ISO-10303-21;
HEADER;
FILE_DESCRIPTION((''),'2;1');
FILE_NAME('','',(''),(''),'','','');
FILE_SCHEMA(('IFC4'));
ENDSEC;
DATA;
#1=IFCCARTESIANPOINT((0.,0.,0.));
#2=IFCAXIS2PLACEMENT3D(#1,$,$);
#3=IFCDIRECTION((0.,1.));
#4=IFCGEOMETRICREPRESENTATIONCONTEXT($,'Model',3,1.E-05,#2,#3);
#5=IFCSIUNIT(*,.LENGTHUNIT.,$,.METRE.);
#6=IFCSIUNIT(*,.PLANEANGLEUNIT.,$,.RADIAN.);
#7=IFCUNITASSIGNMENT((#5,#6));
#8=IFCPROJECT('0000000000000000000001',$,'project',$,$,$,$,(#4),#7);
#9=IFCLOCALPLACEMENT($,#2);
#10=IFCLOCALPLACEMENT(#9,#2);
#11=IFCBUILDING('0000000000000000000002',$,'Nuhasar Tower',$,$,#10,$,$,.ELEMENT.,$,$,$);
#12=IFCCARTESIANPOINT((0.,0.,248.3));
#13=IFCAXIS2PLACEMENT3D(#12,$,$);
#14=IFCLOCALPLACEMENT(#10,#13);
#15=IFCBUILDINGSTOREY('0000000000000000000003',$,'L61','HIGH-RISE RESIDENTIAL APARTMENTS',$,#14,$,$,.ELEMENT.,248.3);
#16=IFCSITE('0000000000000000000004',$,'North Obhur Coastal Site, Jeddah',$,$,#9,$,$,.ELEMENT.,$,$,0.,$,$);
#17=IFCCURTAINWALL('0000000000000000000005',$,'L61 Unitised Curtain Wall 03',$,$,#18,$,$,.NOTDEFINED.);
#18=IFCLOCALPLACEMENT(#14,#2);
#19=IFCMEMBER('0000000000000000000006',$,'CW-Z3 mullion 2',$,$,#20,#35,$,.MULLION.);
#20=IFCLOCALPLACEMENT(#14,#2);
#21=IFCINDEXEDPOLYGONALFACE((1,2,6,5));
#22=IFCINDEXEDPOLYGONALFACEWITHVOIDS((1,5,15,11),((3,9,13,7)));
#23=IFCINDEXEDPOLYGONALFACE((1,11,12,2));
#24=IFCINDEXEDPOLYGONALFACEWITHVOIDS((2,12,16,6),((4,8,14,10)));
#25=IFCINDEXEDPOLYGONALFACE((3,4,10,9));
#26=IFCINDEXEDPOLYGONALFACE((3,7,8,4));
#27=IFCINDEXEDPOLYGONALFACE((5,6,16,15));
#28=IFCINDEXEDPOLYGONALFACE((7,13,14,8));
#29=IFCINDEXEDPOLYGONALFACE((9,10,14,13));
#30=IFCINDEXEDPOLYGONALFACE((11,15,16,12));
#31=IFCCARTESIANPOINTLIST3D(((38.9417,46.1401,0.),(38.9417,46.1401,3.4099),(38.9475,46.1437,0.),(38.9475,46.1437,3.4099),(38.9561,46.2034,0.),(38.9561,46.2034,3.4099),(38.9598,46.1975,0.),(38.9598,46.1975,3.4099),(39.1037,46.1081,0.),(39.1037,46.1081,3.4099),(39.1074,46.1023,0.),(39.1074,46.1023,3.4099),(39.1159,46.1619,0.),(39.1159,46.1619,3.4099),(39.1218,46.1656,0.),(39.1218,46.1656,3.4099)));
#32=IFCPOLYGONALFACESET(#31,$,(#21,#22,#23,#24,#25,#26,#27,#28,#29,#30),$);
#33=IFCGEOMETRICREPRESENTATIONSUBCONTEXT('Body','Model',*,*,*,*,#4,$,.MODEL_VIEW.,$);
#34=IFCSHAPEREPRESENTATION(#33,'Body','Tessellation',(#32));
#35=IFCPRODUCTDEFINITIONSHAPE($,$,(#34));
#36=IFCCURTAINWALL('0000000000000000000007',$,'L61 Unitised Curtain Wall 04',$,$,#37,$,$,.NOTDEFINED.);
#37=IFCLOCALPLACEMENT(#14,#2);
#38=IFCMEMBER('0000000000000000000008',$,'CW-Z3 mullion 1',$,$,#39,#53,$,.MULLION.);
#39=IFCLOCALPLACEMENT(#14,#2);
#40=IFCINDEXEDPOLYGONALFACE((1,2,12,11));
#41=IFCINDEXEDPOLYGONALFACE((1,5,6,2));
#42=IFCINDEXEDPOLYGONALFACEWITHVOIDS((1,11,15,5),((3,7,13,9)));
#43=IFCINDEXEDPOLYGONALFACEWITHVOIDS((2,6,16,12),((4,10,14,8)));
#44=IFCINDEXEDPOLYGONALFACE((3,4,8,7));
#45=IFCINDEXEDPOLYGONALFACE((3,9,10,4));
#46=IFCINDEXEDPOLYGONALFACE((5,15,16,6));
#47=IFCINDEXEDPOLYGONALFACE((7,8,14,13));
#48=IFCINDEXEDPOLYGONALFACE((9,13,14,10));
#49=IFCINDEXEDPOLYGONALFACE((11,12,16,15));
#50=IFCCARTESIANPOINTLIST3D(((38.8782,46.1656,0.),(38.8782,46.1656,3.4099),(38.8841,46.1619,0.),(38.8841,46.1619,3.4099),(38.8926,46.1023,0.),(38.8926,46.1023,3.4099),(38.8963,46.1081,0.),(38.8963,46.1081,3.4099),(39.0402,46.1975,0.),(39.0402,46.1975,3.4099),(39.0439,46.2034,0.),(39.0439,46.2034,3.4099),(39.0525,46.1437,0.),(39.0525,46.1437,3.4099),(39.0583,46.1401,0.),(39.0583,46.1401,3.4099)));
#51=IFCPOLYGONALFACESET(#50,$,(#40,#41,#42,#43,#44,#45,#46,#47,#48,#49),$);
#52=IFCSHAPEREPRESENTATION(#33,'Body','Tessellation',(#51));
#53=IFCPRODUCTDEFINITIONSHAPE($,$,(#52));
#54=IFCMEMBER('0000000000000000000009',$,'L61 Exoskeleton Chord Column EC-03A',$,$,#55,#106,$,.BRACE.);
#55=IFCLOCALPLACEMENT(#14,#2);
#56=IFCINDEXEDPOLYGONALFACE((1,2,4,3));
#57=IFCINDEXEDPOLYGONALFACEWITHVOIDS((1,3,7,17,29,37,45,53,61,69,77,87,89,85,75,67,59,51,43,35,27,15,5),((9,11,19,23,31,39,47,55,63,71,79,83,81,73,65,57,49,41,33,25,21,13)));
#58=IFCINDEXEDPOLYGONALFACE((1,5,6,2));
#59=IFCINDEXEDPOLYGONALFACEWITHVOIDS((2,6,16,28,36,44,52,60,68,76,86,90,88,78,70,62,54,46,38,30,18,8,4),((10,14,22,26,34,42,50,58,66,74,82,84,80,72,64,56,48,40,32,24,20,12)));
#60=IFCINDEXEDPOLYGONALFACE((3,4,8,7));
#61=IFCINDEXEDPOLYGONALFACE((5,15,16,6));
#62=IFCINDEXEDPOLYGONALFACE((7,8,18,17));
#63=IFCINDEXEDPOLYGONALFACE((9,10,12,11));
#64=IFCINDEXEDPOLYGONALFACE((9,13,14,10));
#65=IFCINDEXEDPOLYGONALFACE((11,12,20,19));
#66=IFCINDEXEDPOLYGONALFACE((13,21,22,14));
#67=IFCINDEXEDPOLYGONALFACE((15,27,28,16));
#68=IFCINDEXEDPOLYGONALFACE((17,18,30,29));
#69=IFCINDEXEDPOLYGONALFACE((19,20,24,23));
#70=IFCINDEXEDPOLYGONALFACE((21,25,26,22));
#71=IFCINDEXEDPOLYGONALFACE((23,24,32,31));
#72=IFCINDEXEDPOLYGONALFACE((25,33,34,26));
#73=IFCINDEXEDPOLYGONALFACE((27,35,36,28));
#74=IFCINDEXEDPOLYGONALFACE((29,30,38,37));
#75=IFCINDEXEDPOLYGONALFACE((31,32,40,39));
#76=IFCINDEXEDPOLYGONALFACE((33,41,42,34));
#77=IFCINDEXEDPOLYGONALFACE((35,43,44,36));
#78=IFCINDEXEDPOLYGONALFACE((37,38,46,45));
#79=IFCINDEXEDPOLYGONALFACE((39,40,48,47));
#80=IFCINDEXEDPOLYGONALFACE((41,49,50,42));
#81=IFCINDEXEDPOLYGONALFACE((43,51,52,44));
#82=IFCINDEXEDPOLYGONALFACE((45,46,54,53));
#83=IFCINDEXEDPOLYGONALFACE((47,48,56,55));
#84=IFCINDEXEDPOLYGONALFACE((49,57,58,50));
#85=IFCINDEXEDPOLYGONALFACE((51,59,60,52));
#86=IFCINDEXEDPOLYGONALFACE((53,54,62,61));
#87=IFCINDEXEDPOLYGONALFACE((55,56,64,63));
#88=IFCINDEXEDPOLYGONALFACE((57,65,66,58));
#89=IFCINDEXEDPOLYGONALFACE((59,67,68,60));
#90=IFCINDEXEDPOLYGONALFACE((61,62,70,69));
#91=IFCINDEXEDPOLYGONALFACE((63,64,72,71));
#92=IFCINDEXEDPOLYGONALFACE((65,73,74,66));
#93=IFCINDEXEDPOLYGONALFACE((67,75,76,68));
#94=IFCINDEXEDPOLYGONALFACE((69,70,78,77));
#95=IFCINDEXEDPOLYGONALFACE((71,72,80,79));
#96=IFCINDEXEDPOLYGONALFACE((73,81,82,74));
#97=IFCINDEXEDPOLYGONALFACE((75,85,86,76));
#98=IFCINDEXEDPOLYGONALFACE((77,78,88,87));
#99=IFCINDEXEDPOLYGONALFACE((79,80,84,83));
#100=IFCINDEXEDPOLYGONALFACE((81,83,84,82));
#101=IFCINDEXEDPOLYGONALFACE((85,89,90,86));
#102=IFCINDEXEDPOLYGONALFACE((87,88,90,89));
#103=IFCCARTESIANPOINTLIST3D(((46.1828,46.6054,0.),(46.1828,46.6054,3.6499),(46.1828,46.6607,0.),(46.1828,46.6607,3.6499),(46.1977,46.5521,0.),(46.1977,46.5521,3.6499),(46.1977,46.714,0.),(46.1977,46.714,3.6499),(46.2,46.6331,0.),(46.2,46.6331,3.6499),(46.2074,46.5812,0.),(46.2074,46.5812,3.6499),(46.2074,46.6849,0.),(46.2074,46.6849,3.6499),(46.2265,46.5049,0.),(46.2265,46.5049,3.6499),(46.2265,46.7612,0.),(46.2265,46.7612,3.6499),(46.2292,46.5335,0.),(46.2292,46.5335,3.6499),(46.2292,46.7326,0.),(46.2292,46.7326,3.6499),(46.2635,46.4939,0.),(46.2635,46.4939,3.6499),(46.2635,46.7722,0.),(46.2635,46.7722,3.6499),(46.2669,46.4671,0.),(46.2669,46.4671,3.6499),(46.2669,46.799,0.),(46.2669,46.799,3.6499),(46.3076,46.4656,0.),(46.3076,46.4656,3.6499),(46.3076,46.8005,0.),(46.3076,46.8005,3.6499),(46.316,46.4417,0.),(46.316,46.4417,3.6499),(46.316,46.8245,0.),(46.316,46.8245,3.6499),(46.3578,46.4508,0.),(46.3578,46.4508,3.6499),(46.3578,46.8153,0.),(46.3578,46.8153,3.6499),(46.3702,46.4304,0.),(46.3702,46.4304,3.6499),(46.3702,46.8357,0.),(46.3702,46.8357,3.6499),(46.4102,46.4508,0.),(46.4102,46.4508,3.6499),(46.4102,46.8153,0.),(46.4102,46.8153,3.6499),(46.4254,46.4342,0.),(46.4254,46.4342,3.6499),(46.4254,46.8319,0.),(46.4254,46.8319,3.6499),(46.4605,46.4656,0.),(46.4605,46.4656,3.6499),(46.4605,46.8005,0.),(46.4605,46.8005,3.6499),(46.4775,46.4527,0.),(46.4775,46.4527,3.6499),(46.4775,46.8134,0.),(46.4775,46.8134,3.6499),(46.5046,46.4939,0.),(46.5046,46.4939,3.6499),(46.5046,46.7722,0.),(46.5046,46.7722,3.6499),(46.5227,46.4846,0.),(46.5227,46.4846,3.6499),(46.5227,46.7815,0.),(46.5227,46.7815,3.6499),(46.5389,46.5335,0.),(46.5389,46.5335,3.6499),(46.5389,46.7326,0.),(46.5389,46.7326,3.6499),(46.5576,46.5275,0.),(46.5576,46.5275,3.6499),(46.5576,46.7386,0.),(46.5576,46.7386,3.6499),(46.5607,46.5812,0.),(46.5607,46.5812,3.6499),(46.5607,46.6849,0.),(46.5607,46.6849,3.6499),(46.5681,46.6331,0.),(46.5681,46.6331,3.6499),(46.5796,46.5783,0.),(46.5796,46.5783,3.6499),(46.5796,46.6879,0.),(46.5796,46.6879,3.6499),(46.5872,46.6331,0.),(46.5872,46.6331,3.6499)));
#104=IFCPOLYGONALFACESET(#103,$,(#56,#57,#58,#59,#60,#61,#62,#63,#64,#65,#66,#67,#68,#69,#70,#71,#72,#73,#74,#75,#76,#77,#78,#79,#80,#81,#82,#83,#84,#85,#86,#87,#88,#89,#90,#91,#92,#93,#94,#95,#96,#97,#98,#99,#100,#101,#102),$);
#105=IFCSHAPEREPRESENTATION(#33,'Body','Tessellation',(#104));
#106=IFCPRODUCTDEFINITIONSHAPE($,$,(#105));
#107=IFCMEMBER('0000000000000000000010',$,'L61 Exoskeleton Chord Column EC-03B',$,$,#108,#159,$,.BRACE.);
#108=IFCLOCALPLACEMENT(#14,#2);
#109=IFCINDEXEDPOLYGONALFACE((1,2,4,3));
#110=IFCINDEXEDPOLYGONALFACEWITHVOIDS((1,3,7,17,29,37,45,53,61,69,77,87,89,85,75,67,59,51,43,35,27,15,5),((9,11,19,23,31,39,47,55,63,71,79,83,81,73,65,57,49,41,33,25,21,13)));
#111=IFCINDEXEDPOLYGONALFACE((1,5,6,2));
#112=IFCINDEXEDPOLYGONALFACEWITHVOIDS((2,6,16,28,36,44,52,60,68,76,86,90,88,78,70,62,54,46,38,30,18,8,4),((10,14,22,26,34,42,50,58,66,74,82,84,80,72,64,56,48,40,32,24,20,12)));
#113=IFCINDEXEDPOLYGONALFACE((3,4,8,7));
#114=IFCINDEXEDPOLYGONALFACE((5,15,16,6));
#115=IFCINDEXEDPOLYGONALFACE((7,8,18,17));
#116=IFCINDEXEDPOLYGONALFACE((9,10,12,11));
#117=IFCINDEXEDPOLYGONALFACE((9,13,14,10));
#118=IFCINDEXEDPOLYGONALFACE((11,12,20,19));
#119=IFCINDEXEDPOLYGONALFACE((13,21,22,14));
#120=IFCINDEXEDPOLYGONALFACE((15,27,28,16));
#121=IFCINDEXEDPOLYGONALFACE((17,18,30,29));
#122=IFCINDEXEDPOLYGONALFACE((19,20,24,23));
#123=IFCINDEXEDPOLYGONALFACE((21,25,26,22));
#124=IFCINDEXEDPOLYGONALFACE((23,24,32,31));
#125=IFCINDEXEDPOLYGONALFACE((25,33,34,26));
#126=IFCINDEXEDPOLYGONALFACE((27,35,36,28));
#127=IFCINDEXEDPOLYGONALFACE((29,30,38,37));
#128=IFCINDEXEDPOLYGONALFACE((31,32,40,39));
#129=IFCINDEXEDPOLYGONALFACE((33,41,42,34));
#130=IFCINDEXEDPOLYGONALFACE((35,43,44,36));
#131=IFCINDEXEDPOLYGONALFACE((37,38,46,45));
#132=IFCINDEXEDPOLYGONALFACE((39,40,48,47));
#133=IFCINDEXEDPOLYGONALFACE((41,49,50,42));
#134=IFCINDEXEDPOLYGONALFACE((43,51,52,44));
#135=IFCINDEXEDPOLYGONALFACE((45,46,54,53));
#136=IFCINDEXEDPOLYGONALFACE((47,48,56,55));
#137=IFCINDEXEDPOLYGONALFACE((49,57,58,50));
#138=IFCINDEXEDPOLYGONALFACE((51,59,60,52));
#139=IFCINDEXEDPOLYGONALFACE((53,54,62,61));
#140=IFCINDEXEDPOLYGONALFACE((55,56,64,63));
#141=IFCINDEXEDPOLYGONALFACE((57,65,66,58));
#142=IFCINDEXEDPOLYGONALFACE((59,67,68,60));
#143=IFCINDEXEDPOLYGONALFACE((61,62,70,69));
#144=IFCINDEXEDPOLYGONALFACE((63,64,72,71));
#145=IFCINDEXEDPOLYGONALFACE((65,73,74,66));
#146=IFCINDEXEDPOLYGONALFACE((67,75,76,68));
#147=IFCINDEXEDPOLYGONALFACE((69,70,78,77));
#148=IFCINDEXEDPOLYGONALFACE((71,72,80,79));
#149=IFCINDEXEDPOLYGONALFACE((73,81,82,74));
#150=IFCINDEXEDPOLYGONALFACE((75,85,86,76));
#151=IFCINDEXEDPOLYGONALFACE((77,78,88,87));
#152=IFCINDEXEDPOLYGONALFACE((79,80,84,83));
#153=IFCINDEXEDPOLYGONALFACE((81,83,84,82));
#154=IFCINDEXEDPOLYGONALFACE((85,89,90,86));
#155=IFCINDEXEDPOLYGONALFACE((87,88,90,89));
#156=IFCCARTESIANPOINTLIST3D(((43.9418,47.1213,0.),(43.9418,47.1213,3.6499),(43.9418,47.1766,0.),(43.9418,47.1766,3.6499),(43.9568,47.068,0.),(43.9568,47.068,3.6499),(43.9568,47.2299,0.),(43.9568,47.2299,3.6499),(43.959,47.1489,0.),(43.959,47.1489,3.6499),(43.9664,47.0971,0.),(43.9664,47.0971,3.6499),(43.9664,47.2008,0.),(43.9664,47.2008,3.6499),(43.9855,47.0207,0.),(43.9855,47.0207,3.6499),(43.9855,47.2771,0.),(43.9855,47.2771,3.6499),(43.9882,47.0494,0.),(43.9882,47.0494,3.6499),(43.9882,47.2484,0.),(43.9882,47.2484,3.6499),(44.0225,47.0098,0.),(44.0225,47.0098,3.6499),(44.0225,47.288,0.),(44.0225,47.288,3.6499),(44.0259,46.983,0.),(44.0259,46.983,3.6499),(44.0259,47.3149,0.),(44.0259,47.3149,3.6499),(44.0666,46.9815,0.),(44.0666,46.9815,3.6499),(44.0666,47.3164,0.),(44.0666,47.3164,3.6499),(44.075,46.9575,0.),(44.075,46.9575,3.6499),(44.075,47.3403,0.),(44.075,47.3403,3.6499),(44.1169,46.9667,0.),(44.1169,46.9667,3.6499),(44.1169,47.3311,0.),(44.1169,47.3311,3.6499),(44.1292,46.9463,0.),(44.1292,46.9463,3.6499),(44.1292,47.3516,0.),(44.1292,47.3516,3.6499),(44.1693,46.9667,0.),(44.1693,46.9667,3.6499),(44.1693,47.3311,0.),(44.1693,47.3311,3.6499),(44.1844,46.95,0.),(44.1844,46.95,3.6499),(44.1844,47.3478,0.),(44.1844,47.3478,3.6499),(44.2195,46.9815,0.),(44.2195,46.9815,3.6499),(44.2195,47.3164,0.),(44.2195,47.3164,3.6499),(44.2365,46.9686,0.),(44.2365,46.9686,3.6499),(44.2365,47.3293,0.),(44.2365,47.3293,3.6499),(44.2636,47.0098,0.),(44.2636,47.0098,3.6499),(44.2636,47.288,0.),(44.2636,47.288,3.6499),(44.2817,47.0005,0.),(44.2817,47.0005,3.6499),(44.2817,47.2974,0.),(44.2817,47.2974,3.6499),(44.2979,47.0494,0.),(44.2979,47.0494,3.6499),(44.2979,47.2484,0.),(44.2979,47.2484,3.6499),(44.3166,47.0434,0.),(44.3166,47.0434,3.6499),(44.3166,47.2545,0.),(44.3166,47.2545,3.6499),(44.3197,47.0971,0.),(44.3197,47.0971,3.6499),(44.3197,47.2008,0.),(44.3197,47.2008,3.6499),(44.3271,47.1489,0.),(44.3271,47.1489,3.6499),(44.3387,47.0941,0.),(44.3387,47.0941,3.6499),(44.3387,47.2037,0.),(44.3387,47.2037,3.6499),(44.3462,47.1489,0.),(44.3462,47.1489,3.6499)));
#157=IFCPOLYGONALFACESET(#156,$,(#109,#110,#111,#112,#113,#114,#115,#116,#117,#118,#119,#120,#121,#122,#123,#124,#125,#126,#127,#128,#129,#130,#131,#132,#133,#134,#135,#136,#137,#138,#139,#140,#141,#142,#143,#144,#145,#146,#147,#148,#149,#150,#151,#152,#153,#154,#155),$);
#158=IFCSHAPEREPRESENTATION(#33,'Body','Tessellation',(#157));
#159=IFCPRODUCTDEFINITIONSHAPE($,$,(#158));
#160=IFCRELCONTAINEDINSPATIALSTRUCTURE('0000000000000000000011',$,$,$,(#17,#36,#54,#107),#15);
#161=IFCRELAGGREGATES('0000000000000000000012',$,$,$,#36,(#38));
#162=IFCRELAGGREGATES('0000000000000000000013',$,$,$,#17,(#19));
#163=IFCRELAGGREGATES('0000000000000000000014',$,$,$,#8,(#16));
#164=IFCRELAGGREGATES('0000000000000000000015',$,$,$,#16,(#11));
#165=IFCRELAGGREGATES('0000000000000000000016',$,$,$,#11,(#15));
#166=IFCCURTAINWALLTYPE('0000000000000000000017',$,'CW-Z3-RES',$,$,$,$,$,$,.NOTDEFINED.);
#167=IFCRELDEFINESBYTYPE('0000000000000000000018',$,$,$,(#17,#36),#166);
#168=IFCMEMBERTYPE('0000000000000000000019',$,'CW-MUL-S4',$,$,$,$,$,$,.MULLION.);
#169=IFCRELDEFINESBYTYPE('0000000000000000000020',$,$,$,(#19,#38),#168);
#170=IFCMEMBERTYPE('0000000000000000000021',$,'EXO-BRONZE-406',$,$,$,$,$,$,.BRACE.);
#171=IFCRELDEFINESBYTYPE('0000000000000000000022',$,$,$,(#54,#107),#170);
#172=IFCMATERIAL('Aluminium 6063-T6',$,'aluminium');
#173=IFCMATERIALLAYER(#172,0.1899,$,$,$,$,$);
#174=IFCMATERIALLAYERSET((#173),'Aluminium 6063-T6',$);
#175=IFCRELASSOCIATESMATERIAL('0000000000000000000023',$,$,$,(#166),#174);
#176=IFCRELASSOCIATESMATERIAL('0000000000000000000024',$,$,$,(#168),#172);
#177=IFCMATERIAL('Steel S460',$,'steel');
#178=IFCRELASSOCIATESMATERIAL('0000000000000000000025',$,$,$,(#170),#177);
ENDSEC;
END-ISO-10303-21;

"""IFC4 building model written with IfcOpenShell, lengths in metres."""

from ifc_helpers import new_model, si_unit, direction, frame, origin, origin_2d, place, context, subcontext, project, spatial, hollow_rectangle, hollow_circle, extrude, material, layer, layer_set, material_profile, profile_set, type_object, element, aggregate, save


model = new_model("IFC4")

# Units and contexts
model_context = context("Model", 3, precision=1e-05, world=origin(), true_north=direction((0.0, 1.0)))
body_context = subcontext(model_context, "Body", "Model", "MODEL_VIEW")
ifc_project = project(units=[si_unit("LENGTHUNIT", "METRE"), si_unit("PLANEANGLEUNIT", "RADIAN")], contexts=[model_context])

# Site, building, storey
site_placement = place(None, origin())
site = spatial("IfcSite", under=ifc_project, at=site_placement, Name="North Obhur Coastal Site, Jeddah", CompositionType="ELEMENT", RefElevation=0.0)
building_placement = place(site_placement, origin())
building = spatial("IfcBuilding", under=site, at=building_placement, Name="Nuhasar Tower", CompositionType="ELEMENT")
storey_placement = place(building_placement, frame((0.0, 0.0, 248.3)))
storey = spatial("IfcBuildingStorey", under=building, at=storey_placement, Name="L61", Description="HIGH-RISE RESIDENTIAL APARTMENTS", CompositionType="ELEMENT", Elevation=248.3)

# Curtain walls, members
ifc_material_1 = material(Name="Aluminium 6063-T6", Category="aluminium")
ifc_layer_1 = layer(ifc_material_1, 0.1899)
ifc_layer_set_1 = layer_set([ifc_layer_1], Name="Aluminium 6063-T6")
curtain_wall_type = type_object("IfcCurtainWallType", Name="CW-Z3-RES", PredefinedType="NOTDEFINED", material=ifc_layer_set_1)
curtain_wall_1_placement = place(storey_placement, origin())
curtain_wall_1 = element("IfcCurtainWall", 1, at=curtain_wall_1_placement, inside=storey, type_object=curtain_wall_type, Name="L61 Unitised Curtain Wall 03", PredefinedType="NOTDEFINED")
ifc_material_profile_1 = material_profile(ifc_material_1, hollow_rectangle(XDim=0.0649, YDim=0.1699, WallThickness=0.0049, at=origin_2d()), Name="CWM-4")
ifc_profile_set_1 = profile_set([ifc_material_profile_1], Name="Aluminium 6063-T6")
member_type_1 = type_object("IfcMemberType", Name="CW-MUL-S4", PredefinedType="MULLION", material=ifc_profile_set_1)
member_1_placement = place(storey_placement, frame((39.0317, 46.1528, 0.0), z_axis=(0.0, 0.0, 1.0), x_axis=(-0.222243, -0.974991, 0.0)))
member_1 = element("IfcMember", 2, at=member_1_placement, type_object=member_type_1, Name="CW-Z3 mullion 2", PredefinedType="MULLION", context=body_context, shape_type="SweptSolid", body=[
    extrude(hollow_rectangle(XDim=0.0649, YDim=0.1699, WallThickness=0.0049, at=origin_2d()), origin(), (0.0, 0.0, 1.0), 3.4099),
])
curtain_wall_2_placement = place(storey_placement, origin())
curtain_wall_2 = element("IfcCurtainWall", 3, at=curtain_wall_2_placement, inside=storey, type_object=curtain_wall_type, Name="L61 Unitised Curtain Wall 04", PredefinedType="NOTDEFINED")
member_2_placement = place(storey_placement, frame((38.9683, 46.1528, 0.0), z_axis=(0.0, 0.0, 1.0), x_axis=(0.222243, -0.974991, 0.0)))
member_2 = element("IfcMember", 4, at=member_2_placement, type_object=member_type_1, Name="CW-Z3 mullion 1", PredefinedType="MULLION", context=body_context, shape_type="SweptSolid", body=[
    extrude(hollow_rectangle(XDim=0.0649, YDim=0.1699, WallThickness=0.0049, at=origin_2d()), origin(), (0.0, 0.0, 1.0), 3.4099),
])
aggregate(curtain_wall_2, [member_2])

# Members
ifc_material_2 = material(Name="Steel S460", Category="steel")
ifc_material_profile_2 = material_profile(ifc_material_2, hollow_circle(Radius=0.2031, WallThickness=0.019, at=origin_2d()), Name="HSS406.4X19.1")
ifc_profile_set_2 = profile_set([ifc_material_profile_2], Name="Steel S460")
member_type_2 = type_object("IfcMemberType", Name="EXO-BRONZE-406", PredefinedType="BRACE", material=ifc_profile_set_2)
for number, where, z_axis, x_axis, name in (
    (5, (46.384, 46.6331, 0.0), (0.0, 0.0, 1.0), (1.0, 0.0, 0.0), "L61 Exoskeleton Chord Column EC-03A"),
    (6, (44.1431, 47.1489, 0.0), (0.0, 0.0, 1.0), (1.0, 0.0, 0.0), "L61 Exoskeleton Chord Column EC-03B"),
):
    element("IfcMember", number, at=place(storey_placement, frame(where, z_axis=z_axis, x_axis=x_axis)), inside=storey, type_object=member_type_2, Name=name, PredefinedType="BRACE", context=body_context, shape_type="SweptSolid", body=[
        extrude(hollow_circle(Radius=0.2031, WallThickness=0.019, at=origin_2d()), origin(), (0.0, 0.0, 1.0), 3.6499),
    ])

aggregate(curtain_wall_1, [member_1])

save(model, "model.ifc")
